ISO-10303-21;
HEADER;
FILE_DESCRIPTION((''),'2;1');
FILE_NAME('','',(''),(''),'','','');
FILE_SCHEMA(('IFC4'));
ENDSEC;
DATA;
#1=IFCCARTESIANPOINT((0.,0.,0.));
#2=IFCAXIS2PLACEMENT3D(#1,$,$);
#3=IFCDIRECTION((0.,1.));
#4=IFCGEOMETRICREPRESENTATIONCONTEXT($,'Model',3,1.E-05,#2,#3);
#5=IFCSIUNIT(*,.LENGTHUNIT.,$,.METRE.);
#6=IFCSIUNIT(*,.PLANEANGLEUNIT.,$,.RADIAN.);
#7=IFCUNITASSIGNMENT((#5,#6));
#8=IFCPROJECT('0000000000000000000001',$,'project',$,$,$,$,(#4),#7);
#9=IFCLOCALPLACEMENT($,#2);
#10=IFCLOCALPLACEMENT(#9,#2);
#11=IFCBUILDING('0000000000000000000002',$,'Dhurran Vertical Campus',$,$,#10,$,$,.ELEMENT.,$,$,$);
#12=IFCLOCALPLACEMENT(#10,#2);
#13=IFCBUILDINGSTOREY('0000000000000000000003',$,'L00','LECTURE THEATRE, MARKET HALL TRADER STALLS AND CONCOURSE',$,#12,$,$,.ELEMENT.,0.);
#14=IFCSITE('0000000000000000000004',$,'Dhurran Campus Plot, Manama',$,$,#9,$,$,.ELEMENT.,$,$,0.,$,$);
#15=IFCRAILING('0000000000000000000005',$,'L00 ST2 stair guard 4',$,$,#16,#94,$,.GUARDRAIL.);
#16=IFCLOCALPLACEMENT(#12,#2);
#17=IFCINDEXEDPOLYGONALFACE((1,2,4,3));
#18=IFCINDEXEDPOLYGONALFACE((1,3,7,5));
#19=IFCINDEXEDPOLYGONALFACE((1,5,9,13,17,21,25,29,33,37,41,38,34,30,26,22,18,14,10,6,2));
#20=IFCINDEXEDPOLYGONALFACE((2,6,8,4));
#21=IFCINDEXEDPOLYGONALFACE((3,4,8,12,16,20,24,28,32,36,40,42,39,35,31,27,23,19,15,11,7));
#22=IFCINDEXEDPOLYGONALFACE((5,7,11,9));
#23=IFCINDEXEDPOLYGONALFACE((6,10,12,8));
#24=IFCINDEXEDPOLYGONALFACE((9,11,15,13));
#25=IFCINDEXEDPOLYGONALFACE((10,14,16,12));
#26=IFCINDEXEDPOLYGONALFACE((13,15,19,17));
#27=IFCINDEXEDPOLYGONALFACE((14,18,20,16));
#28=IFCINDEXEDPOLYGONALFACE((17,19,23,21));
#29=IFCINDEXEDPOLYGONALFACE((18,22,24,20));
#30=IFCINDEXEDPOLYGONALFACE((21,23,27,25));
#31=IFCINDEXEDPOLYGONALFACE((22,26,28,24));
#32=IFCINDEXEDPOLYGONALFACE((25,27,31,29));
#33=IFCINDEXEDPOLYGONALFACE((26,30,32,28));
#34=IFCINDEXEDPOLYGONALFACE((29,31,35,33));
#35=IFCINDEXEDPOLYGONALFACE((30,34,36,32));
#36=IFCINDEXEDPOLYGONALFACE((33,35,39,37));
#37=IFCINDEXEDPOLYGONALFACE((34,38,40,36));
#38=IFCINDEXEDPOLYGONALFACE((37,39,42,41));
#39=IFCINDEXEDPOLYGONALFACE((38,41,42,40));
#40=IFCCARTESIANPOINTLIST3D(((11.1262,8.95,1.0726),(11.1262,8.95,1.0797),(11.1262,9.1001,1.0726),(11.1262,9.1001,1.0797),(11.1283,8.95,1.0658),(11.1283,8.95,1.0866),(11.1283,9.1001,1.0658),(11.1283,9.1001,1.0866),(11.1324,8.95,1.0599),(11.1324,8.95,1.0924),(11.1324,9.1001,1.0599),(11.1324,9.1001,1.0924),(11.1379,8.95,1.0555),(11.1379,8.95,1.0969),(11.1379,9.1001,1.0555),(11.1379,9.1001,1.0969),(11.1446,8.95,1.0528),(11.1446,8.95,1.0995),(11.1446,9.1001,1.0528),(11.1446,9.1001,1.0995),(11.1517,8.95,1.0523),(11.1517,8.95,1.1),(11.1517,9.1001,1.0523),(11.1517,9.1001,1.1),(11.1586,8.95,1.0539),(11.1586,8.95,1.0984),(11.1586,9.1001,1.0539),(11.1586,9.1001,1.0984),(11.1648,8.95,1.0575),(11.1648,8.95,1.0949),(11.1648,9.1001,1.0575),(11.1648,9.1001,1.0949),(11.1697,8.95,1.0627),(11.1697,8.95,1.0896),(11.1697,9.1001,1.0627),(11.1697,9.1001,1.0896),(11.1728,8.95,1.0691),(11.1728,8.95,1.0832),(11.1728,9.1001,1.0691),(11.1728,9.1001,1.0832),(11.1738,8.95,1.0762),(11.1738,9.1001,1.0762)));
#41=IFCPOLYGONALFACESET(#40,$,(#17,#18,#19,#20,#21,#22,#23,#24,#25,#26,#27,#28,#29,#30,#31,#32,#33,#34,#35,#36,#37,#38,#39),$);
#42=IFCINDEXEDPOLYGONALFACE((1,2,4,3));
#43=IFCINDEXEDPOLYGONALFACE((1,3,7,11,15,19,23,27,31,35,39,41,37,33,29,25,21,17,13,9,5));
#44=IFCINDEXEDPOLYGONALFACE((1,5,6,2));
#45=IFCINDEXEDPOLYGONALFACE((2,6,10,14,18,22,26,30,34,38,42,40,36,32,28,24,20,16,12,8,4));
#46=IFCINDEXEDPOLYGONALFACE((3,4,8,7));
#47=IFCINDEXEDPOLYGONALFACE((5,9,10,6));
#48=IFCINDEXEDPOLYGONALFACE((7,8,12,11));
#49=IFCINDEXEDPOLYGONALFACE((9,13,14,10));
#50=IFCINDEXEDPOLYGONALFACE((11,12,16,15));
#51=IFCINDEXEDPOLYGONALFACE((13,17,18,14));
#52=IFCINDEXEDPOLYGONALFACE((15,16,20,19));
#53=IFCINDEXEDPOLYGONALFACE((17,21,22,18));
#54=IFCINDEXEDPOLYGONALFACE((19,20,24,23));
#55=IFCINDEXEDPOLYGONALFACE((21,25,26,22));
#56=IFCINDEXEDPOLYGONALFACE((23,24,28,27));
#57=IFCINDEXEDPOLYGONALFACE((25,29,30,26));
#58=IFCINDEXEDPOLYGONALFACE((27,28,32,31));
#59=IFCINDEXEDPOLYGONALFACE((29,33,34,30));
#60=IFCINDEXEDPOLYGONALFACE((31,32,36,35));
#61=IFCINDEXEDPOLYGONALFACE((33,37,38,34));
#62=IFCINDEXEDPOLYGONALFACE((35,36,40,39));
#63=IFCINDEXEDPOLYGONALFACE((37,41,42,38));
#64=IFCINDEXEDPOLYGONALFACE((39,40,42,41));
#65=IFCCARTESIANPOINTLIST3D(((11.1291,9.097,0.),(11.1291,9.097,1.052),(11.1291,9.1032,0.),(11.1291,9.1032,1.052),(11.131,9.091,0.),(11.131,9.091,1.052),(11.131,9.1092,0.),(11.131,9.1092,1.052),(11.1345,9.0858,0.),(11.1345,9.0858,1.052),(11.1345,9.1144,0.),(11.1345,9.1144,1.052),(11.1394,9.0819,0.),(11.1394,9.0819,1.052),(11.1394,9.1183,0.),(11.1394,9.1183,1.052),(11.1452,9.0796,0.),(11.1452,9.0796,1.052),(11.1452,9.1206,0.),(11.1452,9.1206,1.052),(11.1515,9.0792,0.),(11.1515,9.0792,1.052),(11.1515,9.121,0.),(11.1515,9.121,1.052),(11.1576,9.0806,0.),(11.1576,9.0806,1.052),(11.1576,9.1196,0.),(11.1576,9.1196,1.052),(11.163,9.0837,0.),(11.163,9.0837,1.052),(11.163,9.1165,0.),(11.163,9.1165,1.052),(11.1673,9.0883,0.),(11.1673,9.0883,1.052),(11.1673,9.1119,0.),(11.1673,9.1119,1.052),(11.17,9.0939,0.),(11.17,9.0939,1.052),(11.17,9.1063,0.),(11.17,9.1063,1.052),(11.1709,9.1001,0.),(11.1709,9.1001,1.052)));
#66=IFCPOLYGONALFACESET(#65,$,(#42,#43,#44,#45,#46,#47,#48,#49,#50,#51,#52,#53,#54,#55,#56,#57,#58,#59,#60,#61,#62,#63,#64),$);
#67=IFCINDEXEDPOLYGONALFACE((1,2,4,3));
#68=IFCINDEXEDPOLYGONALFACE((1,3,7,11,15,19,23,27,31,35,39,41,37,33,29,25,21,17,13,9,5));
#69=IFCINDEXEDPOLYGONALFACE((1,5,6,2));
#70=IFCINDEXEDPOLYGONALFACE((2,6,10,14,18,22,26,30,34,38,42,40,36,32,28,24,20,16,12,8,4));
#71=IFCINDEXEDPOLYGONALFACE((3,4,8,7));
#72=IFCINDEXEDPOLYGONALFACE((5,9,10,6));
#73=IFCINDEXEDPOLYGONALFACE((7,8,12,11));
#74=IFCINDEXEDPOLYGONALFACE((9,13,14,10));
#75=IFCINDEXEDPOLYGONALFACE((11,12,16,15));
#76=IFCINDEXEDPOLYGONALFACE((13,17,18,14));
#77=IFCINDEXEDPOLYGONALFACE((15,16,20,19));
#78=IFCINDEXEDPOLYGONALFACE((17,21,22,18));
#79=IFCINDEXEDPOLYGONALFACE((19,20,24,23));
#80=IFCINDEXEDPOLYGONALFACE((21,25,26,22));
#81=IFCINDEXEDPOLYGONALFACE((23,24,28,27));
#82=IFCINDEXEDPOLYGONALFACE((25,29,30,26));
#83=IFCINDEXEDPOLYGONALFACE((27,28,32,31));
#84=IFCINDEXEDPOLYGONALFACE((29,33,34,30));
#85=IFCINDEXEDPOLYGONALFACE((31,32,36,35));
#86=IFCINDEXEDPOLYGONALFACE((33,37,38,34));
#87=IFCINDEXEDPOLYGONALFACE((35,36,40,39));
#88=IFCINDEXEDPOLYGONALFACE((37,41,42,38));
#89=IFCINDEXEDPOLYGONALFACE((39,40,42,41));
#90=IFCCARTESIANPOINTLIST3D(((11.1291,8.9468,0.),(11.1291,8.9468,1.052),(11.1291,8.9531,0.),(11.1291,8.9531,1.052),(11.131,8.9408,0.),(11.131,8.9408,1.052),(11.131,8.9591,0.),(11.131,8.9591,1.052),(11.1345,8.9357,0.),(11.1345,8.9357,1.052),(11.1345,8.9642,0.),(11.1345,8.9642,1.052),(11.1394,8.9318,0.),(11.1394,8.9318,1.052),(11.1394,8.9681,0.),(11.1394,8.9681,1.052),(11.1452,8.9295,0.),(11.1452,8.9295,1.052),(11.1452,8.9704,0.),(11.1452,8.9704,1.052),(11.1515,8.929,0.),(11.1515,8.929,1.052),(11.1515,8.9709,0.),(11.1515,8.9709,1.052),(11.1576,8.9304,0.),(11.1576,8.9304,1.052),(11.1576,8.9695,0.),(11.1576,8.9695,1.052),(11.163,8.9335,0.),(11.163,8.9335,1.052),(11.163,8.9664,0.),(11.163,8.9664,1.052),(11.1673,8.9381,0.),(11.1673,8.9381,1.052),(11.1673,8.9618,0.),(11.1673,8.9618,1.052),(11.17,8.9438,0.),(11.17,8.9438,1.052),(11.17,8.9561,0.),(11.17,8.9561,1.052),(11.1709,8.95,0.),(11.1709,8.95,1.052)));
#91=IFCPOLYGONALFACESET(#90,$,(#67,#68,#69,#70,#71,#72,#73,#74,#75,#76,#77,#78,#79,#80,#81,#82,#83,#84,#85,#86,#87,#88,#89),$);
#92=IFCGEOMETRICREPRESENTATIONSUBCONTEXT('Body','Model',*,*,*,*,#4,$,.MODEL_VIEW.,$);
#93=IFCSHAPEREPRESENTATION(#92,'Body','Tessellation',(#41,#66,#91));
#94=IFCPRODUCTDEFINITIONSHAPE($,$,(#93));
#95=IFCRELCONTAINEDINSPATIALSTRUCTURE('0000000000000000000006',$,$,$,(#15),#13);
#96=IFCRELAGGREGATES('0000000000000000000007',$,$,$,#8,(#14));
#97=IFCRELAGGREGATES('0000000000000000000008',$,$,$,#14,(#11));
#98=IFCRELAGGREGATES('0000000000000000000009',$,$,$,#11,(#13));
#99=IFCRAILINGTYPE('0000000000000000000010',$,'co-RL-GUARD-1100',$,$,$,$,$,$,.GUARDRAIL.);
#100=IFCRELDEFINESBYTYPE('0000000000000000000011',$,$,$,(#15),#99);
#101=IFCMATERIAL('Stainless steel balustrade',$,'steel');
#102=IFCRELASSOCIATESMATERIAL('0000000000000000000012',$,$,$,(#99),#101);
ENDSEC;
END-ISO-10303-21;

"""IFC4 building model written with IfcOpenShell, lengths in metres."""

from ifc_helpers import new_model, si_unit, direction, frame, origin, origin_2d, place, context, subcontext, project, spatial, circle, extrude, material, type_object, element, save


model = new_model("IFC4")

# Units and contexts
model_context = context("Model", 3, precision=1e-05, world=origin(), true_north=direction((0.0, 1.0)))
body_context = subcontext(model_context, "Body", "Model", "MODEL_VIEW")
ifc_project = project(units=[si_unit("LENGTHUNIT", "METRE"), si_unit("PLANEANGLEUNIT", "RADIAN")], contexts=[model_context])

# Site, building, storey
site_placement = place(None, origin())
site = spatial("IfcSite", under=ifc_project, at=site_placement, Name="Dhurran Campus Plot, Manama", CompositionType="ELEMENT", RefElevation=0.0)
building_placement = place(site_placement, origin())
building = spatial("IfcBuilding", under=site, at=building_placement, Name="Dhurran Vertical Campus", CompositionType="ELEMENT")
storey_placement = place(building_placement, origin())
storey = spatial("IfcBuildingStorey", under=building, at=storey_placement, Name="L00", Description="LECTURE THEATRE, MARKET HALL TRADER STALLS AND CONCOURSE", CompositionType="ELEMENT", Elevation=0.0)

# Railing
ifc_material_1 = material(Name="Stainless steel balustrade", Category="steel")
railing_type_1 = type_object("IfcRailingType", Name="co-RL-GUARD-1100", PredefinedType="GUARDRAIL", material=ifc_material_1)
railing_1_placement = place(storey_placement, frame((11.1499, 9.1001, 0.0)))
element("IfcRailing", 1, at=railing_1_placement, inside=storey, type_object=railing_type_1, Name="L00 ST2 stair guard 4", PredefinedType="GUARDRAIL", context=body_context, shape_type="SweptSolid", body=[
    extrude(circle(Radius=0.0239, at=origin_2d()), frame((0.0, 0.0, 1.0762), z_axis=(0.0, -1.0, 0.0), x_axis=(1.0, 0.0, 0.0)), (0.0, 0.0, 1.0), 0.1501),
    extrude(circle(Radius=0.021, at=origin_2d()), origin(), (0.0, 0.0, 1.0), 1.052),
    extrude(circle(Radius=0.021, at=origin_2d()), frame((0.0, -0.1501, 0.0)), (0.0, 0.0, 1.0), 1.052),
])

save(model, "model.ifc")
